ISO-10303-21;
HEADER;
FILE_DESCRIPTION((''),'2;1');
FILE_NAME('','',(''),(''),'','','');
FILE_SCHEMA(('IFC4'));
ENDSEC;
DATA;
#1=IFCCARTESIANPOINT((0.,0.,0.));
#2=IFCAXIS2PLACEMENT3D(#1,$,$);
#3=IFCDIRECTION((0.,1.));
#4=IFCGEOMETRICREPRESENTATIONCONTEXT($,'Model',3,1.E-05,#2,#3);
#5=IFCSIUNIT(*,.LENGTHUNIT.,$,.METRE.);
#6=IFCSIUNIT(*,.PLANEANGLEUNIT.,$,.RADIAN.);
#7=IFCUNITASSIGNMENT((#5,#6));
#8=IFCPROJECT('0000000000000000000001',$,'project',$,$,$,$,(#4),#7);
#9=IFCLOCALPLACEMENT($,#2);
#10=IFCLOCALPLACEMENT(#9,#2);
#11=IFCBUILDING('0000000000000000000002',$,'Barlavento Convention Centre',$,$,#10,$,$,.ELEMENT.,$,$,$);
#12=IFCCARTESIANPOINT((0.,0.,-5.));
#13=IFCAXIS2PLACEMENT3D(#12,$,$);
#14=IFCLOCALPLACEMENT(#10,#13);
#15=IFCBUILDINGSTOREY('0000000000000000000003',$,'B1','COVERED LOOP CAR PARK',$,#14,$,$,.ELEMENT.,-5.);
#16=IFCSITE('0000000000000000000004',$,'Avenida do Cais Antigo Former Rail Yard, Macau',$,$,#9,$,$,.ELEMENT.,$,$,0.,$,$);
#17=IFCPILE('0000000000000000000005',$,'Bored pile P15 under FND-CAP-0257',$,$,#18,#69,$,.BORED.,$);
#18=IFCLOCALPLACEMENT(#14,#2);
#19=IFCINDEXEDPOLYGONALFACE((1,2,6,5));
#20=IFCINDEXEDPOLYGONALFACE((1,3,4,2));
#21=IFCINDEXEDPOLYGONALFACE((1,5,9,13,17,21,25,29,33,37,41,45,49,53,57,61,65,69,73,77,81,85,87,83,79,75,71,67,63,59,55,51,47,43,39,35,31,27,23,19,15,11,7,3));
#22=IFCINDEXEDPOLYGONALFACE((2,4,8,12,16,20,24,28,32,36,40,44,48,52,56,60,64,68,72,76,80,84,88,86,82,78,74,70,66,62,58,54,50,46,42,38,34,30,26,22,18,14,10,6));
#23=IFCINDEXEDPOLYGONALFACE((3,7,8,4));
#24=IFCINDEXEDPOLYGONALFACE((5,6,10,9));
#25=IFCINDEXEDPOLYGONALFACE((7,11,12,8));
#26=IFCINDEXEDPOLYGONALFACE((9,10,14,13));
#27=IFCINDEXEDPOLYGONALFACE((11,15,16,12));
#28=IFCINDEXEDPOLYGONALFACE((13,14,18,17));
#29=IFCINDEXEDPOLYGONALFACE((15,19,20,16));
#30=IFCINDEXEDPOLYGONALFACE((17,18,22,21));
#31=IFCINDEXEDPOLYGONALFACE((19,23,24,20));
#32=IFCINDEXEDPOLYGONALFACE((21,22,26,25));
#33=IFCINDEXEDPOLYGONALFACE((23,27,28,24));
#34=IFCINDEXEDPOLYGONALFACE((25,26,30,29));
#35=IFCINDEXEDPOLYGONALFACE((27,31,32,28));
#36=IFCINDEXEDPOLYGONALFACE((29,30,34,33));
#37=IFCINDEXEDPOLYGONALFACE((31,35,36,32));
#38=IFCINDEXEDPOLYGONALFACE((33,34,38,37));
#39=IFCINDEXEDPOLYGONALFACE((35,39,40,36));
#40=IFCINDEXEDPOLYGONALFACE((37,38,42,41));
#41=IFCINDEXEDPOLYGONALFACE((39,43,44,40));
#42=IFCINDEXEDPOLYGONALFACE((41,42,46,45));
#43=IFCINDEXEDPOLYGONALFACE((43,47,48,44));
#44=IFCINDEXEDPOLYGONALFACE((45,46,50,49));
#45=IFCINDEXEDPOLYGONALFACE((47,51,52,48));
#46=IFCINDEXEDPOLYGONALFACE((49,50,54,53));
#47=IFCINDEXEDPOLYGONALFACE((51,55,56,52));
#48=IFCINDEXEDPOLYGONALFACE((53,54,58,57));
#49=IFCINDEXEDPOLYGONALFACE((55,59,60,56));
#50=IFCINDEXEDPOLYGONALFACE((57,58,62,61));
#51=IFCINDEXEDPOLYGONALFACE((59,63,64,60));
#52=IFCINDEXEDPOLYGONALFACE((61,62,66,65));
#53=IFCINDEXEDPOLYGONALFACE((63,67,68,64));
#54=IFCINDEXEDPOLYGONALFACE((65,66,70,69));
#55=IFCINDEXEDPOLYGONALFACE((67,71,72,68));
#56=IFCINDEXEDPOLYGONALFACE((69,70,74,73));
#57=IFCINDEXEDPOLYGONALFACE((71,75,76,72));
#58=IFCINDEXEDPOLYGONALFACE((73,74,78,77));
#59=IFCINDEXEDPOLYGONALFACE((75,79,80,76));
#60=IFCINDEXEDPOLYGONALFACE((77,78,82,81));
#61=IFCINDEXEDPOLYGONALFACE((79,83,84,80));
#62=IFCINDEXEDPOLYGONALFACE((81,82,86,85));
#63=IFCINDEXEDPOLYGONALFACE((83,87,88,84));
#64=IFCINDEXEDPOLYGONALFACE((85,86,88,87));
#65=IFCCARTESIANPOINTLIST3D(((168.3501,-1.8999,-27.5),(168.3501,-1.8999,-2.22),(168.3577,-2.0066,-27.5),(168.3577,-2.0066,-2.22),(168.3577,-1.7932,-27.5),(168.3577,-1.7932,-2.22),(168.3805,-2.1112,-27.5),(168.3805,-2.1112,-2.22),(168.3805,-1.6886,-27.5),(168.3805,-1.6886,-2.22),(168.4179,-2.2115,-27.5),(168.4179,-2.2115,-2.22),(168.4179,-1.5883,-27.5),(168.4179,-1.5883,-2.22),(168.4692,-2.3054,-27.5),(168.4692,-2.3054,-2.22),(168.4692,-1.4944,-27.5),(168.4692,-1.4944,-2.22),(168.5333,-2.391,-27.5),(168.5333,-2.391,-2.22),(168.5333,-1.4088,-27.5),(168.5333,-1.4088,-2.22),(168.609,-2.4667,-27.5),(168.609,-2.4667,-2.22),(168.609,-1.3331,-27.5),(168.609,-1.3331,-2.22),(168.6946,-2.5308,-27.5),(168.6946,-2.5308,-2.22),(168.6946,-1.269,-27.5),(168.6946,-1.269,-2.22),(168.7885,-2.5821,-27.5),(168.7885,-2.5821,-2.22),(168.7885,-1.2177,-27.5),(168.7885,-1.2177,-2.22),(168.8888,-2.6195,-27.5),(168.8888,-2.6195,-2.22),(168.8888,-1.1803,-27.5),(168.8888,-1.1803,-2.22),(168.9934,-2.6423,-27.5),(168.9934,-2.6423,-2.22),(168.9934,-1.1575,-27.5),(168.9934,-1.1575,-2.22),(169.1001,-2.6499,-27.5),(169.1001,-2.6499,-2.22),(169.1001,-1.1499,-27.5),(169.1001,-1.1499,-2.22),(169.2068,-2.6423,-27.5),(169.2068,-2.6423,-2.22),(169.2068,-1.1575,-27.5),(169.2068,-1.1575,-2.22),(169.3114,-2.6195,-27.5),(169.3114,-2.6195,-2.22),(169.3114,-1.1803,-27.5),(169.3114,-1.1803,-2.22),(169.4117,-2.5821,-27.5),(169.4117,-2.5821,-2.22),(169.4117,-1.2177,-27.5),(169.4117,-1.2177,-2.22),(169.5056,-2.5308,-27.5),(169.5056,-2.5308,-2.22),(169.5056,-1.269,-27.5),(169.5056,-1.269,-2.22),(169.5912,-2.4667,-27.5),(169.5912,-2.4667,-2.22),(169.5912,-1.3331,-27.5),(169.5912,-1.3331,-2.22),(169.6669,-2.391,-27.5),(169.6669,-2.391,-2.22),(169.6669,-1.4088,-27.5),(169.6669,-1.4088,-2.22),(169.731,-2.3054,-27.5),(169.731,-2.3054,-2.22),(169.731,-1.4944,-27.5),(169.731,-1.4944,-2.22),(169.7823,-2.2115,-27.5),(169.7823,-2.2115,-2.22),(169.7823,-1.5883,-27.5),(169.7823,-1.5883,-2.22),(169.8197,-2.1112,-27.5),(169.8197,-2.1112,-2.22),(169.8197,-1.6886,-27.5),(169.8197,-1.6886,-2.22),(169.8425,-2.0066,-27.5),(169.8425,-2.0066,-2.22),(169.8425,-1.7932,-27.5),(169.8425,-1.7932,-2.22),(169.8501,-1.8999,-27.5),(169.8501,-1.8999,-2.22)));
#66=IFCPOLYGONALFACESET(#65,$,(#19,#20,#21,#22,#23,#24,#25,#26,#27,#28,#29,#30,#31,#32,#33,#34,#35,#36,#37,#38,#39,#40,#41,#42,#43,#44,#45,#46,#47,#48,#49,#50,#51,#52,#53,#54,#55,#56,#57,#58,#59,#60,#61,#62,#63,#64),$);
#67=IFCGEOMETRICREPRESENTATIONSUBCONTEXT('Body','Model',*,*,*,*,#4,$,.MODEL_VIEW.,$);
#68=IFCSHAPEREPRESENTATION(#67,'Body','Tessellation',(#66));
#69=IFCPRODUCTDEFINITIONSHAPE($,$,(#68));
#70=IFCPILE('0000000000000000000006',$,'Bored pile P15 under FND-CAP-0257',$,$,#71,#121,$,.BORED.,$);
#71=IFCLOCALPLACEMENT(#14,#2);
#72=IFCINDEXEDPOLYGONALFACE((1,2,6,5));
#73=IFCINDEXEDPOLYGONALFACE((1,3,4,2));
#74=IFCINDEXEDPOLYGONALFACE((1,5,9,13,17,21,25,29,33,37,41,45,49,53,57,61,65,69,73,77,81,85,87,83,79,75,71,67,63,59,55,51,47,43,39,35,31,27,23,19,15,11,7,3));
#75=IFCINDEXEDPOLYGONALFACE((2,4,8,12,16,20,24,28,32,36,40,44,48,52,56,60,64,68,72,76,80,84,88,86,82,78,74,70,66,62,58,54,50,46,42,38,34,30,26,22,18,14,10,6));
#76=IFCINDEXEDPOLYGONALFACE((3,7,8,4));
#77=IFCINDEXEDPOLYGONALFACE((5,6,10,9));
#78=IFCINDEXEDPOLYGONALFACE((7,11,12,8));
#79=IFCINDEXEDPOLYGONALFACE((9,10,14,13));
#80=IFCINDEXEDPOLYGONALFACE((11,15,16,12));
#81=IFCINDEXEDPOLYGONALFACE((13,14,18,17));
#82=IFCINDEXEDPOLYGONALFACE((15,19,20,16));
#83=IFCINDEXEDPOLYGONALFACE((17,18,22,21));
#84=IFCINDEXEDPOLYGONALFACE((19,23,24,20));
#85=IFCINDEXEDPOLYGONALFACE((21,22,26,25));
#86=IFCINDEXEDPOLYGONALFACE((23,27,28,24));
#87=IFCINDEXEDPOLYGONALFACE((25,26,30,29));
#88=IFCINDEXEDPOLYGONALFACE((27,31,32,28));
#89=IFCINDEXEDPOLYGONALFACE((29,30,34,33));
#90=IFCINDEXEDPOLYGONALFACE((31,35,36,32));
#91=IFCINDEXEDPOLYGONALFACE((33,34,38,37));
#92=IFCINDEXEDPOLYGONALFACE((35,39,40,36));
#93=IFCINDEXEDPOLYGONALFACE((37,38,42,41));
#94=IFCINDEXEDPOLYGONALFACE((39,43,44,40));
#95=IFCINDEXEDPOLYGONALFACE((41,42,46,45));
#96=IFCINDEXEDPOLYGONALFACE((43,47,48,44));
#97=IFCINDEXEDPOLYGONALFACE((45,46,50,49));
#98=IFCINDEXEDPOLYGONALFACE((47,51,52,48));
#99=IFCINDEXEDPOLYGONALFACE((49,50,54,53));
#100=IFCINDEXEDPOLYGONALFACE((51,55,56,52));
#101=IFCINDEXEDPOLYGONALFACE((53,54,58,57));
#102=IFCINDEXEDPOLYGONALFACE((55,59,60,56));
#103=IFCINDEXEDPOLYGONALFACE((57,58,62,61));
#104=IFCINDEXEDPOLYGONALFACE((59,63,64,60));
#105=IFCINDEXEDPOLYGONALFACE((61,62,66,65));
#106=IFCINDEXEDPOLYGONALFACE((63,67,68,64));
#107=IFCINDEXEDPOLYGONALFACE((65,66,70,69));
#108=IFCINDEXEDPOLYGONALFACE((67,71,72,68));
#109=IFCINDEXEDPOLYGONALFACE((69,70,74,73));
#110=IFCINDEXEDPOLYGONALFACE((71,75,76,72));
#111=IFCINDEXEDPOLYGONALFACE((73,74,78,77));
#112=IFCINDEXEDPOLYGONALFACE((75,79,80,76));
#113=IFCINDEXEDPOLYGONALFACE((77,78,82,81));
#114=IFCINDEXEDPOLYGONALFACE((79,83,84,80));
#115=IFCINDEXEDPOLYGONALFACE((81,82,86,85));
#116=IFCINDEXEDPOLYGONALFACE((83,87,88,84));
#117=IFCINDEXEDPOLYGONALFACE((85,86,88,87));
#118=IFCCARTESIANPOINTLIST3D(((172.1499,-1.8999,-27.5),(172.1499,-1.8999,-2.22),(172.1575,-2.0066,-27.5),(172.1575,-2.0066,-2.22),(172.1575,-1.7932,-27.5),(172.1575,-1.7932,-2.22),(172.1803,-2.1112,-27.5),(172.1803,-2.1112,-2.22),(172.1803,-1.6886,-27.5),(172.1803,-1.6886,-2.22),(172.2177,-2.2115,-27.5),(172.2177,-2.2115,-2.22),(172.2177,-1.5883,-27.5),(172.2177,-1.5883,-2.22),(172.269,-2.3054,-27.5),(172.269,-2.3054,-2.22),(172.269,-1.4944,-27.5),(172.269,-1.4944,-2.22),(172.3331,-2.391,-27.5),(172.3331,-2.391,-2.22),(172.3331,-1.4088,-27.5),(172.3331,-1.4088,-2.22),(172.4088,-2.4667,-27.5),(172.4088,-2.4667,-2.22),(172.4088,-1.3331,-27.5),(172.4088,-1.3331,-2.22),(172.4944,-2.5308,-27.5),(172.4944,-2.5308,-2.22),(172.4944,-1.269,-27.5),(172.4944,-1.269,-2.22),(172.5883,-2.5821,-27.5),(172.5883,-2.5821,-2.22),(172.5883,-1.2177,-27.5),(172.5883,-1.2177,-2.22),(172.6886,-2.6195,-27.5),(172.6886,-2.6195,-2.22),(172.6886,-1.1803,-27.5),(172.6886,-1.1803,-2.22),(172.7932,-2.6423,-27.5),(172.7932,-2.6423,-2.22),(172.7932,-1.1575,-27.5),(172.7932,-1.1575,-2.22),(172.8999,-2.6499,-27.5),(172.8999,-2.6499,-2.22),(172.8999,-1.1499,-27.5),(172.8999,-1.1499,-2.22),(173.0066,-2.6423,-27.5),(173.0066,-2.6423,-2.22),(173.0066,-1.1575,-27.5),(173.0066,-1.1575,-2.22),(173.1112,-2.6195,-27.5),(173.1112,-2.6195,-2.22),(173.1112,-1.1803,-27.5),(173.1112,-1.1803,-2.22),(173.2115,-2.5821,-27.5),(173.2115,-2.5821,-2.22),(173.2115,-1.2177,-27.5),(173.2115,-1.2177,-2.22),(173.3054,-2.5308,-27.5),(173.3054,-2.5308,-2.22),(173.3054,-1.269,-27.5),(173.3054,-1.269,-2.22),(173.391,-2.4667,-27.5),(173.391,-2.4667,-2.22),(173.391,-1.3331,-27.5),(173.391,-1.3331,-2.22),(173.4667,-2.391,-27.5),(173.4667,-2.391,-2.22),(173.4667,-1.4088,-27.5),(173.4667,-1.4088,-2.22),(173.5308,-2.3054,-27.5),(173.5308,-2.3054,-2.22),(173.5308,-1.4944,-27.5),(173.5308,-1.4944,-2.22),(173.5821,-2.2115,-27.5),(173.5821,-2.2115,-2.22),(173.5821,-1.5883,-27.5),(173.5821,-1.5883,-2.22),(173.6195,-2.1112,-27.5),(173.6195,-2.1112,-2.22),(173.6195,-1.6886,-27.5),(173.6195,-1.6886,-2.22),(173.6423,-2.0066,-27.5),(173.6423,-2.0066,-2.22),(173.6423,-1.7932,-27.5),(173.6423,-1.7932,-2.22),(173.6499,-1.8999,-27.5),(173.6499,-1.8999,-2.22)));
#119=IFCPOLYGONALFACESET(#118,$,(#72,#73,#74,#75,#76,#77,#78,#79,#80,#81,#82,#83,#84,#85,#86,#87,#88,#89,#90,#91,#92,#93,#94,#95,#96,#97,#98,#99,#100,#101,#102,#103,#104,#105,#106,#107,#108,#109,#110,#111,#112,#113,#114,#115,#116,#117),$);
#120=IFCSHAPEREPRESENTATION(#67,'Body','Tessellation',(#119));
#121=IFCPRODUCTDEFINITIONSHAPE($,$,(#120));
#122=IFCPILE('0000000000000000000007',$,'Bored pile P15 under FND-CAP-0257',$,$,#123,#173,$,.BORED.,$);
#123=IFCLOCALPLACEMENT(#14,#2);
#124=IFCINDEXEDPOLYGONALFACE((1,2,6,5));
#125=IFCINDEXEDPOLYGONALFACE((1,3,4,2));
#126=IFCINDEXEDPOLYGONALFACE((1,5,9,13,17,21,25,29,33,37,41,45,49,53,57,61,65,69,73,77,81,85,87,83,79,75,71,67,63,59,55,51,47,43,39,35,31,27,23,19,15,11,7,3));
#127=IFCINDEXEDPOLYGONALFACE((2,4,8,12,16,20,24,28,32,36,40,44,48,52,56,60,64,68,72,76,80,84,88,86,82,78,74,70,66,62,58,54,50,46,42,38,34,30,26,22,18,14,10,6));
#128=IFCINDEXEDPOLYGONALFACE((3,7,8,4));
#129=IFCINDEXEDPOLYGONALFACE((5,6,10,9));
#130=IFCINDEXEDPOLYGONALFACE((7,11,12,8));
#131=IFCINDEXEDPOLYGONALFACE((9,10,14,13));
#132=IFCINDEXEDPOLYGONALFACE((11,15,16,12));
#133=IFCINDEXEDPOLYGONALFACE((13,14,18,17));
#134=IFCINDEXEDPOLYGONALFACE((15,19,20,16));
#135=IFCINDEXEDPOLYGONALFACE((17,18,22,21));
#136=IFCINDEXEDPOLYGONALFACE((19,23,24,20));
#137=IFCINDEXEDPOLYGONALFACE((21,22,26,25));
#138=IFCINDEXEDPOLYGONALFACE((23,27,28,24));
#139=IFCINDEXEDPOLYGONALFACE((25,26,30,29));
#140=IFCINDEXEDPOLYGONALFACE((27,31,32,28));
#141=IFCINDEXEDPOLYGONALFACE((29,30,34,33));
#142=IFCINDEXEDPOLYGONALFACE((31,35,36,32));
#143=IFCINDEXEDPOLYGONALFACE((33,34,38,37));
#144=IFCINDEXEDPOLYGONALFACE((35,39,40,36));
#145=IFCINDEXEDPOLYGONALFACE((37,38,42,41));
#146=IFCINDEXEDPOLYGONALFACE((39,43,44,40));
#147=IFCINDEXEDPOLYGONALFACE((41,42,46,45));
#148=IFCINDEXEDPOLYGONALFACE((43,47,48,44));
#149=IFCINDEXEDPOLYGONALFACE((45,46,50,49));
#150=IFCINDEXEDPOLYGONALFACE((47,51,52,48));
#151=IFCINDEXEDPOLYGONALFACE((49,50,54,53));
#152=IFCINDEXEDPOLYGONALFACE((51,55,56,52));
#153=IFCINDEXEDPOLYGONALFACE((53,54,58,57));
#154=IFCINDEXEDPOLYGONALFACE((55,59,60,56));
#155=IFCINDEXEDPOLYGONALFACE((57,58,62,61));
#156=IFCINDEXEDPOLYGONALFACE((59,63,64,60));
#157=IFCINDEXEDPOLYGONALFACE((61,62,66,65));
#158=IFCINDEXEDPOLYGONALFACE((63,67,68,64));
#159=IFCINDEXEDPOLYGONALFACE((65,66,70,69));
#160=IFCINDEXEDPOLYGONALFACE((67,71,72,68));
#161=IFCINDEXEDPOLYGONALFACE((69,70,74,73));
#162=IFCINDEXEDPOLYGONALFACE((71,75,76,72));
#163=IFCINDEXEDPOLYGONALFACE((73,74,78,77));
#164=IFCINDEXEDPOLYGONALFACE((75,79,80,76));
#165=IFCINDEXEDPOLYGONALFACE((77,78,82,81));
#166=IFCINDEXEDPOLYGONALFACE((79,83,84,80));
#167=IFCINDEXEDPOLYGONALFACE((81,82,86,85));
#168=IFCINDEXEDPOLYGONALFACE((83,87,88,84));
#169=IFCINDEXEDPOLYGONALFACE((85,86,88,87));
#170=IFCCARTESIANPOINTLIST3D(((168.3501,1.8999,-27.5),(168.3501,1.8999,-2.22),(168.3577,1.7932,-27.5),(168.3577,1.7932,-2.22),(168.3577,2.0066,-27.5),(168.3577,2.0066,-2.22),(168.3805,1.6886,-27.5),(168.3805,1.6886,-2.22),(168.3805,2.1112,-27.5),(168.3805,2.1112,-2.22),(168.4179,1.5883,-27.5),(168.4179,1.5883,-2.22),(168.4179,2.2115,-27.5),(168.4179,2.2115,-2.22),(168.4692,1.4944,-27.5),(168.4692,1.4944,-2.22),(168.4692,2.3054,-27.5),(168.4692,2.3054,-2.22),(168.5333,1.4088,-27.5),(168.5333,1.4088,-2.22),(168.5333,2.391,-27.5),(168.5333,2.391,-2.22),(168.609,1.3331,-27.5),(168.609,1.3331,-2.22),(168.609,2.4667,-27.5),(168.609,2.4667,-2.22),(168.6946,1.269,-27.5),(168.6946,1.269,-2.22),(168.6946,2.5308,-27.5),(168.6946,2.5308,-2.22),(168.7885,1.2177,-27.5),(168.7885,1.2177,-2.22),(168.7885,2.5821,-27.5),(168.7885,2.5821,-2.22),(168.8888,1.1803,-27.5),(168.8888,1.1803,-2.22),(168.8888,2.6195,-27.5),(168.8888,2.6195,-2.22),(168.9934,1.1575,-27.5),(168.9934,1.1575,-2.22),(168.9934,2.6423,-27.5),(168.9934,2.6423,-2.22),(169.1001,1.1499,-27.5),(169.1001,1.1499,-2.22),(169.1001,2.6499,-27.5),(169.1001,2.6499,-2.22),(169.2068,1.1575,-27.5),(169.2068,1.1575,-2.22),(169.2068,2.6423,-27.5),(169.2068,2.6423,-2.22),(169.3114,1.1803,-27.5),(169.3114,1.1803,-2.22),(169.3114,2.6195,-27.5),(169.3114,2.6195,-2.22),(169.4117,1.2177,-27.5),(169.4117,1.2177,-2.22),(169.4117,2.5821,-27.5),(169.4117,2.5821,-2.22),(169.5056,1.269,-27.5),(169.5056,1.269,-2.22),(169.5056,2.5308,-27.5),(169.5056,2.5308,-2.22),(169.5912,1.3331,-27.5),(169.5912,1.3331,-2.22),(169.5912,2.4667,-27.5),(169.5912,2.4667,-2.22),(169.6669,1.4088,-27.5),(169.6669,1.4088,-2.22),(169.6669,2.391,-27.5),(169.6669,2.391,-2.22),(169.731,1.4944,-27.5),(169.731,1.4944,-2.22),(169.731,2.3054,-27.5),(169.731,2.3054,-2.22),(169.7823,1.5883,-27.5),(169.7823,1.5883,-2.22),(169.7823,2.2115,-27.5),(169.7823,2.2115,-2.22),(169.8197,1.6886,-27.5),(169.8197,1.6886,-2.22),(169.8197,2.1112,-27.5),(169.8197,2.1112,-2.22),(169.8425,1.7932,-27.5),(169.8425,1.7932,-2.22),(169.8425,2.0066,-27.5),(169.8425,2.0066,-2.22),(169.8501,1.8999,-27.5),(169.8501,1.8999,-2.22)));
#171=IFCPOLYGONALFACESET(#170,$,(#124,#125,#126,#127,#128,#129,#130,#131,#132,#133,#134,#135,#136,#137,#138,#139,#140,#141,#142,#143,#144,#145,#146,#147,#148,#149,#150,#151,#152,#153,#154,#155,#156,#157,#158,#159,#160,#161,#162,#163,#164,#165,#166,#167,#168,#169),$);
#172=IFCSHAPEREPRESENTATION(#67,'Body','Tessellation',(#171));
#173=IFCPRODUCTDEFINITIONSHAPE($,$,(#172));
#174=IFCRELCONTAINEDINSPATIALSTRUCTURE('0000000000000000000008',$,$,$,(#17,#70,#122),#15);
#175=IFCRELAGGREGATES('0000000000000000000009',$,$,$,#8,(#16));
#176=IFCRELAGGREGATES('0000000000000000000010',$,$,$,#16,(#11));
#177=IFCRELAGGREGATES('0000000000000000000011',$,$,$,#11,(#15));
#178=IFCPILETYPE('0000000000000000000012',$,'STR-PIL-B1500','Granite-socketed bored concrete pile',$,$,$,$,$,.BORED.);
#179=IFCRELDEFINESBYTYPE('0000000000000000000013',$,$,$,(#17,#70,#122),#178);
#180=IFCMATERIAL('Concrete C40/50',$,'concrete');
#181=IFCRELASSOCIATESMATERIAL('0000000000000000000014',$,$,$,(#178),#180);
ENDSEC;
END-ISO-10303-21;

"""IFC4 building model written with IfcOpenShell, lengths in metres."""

from ifc_helpers import new_model, si_unit, direction, frame, origin, origin_2d, place, context, subcontext, project, spatial, circle, extrude, material, material_profile, profile_set, type_object, element, save


model = new_model("IFC4")

# Units and contexts
model_context = context("Model", 3, precision=1e-05, world=origin(), true_north=direction((0.0, 1.0)))
body_context = subcontext(model_context, "Body", "Model", "MODEL_VIEW")
ifc_project = project(units=[si_unit("LENGTHUNIT", "METRE"), si_unit("PLANEANGLEUNIT", "RADIAN")], contexts=[model_context])

# Site, building, storey
site_placement = place(None, origin())
site = spatial("IfcSite", under=ifc_project, at=site_placement, Name="Avenida do Cais Antigo Former Rail Yard, Macau", CompositionType="ELEMENT", RefElevation=0.0)
building_placement = place(site_placement, origin())
building = spatial("IfcBuilding", under=site, at=building_placement, Name="Barlavento Convention Centre", CompositionType="ELEMENT")
storey_placement = place(building_placement, frame((0.0, 0.0, -5.0)))
storey = spatial("IfcBuildingStorey", under=building, at=storey_placement, Name="B1", Description="COVERED LOOP CAR PARK", CompositionType="ELEMENT", Elevation=-5.0)

# Shared definitions
ifc_material_1 = material(Name="Concrete C40/50", Category="concrete")

# Piles
ifc_material_profile_1 = material_profile(ifc_material_1, circle(Radius=0.75, at=origin_2d()), Name="BORED PILE 1500")
ifc_profile_set_1 = profile_set([ifc_material_profile_1], Name="Concrete C40/50")
pile_type_1 = type_object("IfcPileType", Name="STR-PIL-B1500", Description="Granite-socketed bored concrete pile", PredefinedType="BORED", material=ifc_profile_set_1)
for number, where, z_axis, x_axis, name in (
    (1, (169.1001, -1.8999, -2.22), (0.0, 0.0, -1.0), (1.0, 0.0, 0.0), "Bored pile P15 under FND-CAP-0257"),
    (2, (172.8999, -1.8999, -2.22), (0.0, 0.0, -1.0), (1.0, 0.0, 0.0), "Bored pile P15 under FND-CAP-0257"),
    (3, (169.1001, 1.8999, -2.22), (0.0, 0.0, -1.0), (1.0, 0.0, 0.0), "Bored pile P15 under FND-CAP-0257"),
):
    element("IfcPile", number, at=place(storey_placement, frame(where, z_axis=z_axis, x_axis=x_axis)), inside=storey, type_object=pile_type_1, Name=name, PredefinedType="BORED", context=body_context, shape_type="SweptSolid", body=[
        extrude(circle(Radius=0.75, at=origin_2d()), origin(), (0.0, 0.0, 1.0), 25.28),
    ])

save(model, "model.ifc")
